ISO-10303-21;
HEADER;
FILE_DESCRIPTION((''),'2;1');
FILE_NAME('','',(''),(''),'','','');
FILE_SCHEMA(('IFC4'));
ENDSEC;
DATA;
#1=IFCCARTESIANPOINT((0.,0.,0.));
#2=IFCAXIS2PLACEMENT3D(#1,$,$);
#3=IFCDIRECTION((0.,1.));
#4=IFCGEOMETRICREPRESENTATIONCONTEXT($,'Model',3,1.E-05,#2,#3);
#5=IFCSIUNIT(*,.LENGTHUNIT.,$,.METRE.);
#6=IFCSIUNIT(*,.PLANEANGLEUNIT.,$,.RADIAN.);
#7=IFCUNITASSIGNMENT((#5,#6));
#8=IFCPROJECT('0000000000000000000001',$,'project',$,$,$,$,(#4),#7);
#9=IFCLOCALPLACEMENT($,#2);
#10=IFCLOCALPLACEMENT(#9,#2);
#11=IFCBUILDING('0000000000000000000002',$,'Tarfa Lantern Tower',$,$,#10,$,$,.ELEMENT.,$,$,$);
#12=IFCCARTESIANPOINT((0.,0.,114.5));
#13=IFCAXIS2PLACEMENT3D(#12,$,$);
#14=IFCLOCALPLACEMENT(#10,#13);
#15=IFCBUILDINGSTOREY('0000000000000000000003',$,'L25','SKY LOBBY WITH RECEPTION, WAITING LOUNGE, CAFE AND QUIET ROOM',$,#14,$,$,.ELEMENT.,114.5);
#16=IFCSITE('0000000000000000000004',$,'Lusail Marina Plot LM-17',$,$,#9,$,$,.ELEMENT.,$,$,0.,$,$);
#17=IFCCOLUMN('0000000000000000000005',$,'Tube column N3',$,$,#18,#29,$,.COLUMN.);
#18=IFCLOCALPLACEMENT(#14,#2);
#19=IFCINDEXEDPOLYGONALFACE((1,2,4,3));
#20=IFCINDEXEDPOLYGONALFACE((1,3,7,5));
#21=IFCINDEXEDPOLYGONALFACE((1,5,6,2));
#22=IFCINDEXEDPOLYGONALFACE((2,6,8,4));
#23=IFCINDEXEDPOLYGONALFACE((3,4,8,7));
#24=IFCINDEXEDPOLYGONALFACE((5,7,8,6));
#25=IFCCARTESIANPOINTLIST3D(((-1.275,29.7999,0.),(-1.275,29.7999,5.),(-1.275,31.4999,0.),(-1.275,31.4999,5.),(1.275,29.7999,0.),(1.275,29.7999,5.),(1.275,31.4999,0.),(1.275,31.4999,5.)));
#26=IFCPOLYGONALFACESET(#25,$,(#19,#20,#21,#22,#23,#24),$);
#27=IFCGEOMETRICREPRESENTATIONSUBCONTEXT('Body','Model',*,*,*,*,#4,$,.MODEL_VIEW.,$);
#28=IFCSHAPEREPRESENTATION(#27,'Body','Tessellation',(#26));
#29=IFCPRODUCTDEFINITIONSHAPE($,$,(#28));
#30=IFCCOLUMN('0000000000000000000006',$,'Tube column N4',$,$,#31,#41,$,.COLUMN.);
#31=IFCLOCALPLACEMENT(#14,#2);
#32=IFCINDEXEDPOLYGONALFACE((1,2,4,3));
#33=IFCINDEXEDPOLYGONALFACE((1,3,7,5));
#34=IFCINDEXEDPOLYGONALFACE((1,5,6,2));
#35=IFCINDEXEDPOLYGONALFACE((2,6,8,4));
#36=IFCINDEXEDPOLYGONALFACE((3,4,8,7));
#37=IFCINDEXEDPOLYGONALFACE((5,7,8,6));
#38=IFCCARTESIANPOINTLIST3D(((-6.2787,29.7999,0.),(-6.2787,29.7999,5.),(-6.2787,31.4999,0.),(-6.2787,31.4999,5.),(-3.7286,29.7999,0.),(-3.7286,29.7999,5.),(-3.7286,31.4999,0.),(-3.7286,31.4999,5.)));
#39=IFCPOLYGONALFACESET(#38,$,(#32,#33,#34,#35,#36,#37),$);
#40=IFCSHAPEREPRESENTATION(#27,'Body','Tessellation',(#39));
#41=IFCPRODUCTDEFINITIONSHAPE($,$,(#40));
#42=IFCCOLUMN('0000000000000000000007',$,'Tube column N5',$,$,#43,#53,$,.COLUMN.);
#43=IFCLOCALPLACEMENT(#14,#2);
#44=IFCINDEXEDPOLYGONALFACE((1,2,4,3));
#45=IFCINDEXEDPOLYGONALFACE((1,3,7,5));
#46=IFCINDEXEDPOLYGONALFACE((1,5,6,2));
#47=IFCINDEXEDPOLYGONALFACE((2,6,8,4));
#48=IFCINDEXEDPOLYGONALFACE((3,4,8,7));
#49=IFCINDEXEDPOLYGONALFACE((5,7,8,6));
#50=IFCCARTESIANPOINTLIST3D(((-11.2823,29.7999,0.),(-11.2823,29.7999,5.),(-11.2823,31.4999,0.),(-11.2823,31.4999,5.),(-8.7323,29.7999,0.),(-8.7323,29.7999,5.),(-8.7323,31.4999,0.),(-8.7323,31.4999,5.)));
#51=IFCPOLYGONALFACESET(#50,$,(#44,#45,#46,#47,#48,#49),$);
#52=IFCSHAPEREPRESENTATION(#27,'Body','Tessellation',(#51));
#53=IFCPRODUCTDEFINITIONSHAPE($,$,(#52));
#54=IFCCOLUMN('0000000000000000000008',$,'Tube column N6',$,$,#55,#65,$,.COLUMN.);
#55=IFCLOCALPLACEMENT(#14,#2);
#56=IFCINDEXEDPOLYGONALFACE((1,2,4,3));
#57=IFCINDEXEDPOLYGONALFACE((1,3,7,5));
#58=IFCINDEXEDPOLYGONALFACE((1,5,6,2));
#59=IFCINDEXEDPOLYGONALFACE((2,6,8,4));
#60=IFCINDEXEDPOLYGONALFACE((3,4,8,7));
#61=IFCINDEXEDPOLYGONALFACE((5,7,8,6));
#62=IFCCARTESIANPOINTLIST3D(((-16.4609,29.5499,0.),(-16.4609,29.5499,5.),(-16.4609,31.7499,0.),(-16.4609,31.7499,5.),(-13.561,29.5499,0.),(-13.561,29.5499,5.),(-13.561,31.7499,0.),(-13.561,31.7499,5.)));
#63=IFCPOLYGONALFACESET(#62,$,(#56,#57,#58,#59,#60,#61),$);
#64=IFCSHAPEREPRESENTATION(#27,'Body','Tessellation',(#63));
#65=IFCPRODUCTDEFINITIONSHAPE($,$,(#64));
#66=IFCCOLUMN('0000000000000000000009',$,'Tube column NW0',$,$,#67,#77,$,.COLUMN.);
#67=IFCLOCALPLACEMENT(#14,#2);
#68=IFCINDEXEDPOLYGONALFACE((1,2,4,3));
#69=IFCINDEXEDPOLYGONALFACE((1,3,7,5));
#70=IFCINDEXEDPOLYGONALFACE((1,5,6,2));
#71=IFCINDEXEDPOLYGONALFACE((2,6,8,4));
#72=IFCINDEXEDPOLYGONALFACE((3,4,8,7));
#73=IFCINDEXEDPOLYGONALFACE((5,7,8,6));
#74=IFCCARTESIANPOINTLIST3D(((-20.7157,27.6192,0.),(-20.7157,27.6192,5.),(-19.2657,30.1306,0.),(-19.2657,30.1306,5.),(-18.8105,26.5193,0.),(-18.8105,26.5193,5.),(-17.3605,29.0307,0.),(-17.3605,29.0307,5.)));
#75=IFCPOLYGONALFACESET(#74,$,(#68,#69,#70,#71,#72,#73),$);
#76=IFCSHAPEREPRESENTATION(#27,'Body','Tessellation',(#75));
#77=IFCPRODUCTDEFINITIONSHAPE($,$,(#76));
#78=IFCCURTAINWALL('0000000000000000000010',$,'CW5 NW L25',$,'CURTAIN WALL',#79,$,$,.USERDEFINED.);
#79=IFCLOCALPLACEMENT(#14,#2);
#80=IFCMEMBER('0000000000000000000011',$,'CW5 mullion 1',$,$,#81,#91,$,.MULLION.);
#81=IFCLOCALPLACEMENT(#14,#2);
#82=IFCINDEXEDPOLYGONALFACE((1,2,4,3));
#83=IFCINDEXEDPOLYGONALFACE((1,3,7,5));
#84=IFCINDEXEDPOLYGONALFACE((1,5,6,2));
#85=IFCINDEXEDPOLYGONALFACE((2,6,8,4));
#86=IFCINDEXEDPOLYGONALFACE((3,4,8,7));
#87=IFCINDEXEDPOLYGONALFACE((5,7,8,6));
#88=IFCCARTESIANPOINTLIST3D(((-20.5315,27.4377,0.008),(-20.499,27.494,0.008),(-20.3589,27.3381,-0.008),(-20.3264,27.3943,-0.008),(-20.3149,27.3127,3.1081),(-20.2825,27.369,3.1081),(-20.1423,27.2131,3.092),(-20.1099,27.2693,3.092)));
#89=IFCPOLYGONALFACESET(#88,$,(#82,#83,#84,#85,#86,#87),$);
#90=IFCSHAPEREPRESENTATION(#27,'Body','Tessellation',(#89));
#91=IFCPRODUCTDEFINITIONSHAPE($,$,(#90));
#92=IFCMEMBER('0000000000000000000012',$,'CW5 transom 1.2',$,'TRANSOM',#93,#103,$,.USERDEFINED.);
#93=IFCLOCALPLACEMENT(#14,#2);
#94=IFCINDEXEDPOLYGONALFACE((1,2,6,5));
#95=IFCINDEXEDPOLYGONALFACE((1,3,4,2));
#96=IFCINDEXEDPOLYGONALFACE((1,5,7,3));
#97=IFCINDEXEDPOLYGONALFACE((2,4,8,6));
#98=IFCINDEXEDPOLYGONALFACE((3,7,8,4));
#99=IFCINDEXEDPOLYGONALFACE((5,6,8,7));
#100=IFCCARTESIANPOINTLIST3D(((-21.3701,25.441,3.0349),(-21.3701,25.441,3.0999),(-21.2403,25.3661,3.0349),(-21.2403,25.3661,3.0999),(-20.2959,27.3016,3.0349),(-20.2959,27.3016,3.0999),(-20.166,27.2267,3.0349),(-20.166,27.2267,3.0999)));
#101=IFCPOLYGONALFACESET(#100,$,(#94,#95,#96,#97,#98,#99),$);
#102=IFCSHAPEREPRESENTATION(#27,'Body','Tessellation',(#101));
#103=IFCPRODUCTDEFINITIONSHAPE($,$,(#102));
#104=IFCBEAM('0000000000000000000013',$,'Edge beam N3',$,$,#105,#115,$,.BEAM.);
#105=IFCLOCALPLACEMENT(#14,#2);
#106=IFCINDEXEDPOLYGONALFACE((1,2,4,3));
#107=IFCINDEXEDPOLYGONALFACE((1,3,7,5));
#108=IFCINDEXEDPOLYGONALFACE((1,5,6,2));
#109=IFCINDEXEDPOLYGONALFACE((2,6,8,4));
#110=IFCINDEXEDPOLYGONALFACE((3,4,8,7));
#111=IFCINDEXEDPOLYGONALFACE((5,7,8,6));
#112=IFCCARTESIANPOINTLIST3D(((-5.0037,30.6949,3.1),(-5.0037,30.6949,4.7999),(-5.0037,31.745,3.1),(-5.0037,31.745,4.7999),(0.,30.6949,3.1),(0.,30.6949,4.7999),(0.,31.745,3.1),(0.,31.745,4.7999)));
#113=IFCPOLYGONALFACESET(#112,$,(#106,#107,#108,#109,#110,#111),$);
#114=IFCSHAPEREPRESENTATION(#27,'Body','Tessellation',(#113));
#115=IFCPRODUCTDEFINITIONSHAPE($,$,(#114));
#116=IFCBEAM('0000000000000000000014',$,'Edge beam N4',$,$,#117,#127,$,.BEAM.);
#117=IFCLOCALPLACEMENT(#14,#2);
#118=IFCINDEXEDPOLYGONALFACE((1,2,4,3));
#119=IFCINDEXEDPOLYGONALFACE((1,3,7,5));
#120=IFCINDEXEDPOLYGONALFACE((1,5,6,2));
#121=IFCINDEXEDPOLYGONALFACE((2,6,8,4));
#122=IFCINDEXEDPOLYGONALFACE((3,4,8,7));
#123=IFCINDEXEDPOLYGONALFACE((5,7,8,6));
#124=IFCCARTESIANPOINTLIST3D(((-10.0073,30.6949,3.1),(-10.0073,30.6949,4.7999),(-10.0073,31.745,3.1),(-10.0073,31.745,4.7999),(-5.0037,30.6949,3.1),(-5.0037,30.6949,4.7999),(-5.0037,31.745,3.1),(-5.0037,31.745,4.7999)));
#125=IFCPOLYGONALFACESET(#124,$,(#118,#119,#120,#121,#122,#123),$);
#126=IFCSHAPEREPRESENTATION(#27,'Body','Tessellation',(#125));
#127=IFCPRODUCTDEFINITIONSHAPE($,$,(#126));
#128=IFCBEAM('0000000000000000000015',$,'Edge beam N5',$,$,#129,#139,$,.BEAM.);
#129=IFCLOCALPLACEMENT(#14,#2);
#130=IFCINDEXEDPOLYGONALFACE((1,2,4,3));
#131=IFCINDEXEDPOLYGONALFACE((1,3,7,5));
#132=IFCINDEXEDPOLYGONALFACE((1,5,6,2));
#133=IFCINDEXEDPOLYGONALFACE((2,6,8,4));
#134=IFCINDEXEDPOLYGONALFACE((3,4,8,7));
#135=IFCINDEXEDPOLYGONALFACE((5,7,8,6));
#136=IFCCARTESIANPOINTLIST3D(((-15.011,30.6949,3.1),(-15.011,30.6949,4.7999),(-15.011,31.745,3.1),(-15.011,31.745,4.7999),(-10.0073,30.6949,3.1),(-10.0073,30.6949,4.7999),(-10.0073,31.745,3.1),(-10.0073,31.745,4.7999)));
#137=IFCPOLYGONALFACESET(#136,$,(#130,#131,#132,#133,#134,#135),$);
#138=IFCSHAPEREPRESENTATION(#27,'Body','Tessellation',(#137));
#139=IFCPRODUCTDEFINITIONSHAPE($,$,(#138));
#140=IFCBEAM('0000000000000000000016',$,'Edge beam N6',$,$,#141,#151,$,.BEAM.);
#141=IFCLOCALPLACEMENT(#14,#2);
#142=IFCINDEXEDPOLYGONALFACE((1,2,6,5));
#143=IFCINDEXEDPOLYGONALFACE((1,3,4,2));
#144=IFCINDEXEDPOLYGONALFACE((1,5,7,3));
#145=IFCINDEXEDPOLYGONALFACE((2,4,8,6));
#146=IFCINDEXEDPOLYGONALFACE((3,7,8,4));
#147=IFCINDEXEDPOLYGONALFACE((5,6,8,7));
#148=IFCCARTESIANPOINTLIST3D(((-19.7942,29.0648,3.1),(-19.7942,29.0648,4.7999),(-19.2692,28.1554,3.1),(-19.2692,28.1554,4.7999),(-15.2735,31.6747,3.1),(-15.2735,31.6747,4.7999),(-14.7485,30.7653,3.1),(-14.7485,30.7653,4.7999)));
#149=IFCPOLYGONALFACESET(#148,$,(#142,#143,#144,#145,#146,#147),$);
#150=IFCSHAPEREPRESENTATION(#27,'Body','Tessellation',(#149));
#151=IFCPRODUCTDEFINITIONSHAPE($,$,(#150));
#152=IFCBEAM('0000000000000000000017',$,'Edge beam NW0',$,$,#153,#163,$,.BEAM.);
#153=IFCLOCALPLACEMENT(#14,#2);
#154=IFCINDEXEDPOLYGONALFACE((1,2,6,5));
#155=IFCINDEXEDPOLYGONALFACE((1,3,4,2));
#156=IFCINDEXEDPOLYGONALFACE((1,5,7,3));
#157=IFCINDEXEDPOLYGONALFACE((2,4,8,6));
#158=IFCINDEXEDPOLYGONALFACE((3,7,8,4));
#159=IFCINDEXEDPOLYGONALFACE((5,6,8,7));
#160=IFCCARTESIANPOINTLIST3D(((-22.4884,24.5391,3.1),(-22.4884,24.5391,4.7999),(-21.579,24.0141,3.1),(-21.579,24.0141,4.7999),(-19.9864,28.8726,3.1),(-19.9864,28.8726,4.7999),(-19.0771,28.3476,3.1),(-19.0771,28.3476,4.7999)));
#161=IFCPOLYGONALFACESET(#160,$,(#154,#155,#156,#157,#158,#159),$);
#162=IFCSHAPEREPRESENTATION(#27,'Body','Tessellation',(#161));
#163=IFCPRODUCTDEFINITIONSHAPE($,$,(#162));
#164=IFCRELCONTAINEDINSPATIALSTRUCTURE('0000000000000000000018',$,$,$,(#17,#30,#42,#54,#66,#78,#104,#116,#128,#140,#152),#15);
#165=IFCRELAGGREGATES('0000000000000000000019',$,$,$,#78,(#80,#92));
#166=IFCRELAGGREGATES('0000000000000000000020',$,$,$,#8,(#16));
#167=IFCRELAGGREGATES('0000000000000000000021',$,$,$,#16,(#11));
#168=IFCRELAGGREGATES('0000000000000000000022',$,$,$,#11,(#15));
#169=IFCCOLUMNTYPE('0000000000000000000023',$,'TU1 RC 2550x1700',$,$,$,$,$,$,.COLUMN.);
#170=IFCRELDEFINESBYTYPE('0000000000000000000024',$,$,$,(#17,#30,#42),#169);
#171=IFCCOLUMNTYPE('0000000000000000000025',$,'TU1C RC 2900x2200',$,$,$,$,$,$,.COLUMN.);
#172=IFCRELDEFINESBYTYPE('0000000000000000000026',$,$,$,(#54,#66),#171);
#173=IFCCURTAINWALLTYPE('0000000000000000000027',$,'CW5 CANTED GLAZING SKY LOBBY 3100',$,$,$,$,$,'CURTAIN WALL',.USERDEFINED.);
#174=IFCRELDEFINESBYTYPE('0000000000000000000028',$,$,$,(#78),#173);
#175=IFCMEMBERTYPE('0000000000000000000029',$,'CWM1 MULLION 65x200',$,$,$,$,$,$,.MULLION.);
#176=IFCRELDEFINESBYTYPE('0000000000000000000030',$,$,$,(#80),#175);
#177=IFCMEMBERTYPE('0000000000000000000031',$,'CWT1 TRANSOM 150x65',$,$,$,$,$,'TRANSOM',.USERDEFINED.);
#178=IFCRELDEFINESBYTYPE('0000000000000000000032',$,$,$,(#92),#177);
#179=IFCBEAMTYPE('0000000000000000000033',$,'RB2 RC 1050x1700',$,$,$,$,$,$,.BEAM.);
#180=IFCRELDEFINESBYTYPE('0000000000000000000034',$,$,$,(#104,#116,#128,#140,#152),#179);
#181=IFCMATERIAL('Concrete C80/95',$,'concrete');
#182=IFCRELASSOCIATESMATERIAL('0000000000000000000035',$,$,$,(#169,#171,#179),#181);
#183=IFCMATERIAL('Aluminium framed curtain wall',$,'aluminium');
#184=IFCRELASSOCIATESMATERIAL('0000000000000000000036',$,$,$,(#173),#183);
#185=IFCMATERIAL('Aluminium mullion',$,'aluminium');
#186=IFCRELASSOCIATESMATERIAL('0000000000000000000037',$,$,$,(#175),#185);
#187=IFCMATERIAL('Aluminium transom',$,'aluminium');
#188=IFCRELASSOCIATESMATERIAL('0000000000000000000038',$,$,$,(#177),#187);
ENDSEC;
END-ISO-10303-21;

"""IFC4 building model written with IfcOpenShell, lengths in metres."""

from ifc_helpers import new_model, si_unit, direction, frame, origin, origin_2d, place, context, subcontext, project, spatial, rectangle, extrude, material, material_profile, profile_set, type_object, element, aggregate, save


model = new_model("IFC4")

# Units and contexts
model_context = context("Model", 3, precision=1e-05, world=origin(), true_north=direction((0.0, 1.0)))
body_context = subcontext(model_context, "Body", "Model", "MODEL_VIEW")
ifc_project = project(units=[si_unit("LENGTHUNIT", "METRE"), si_unit("PLANEANGLEUNIT", "RADIAN")], contexts=[model_context])

# Site, building, storey
site_placement = place(None, origin())
site = spatial("IfcSite", under=ifc_project, at=site_placement, Name="Lusail Marina Plot LM-17", CompositionType="ELEMENT", RefElevation=0.0)
building_placement = place(site_placement, origin())
building = spatial("IfcBuilding", under=site, at=building_placement, Name="Tarfa Lantern Tower", CompositionType="ELEMENT")
storey_placement = place(building_placement, frame((0.0, 0.0, 114.5)))
storey = spatial("IfcBuildingStorey", under=building, at=storey_placement, Name="L25", Description="SKY LOBBY WITH RECEPTION, WAITING LOUNGE, CAFE AND QUIET ROOM", CompositionType="ELEMENT", Elevation=114.5)

# Columns
ifc_material_1 = material(Name="Concrete C80/95", Category="concrete")
ifc_material_profile_1 = material_profile(ifc_material_1, rectangle(XDim=2.55, YDim=1.7, at=origin_2d()), Name="RC 2550x1700")
ifc_profile_set_1 = profile_set([ifc_material_profile_1], Name="Concrete C80/95")
column_type_1 = type_object("IfcColumnType", Name="TU1 RC 2550x1700", PredefinedType="COLUMN", material=ifc_profile_set_1)
for number, where, z_axis, x_axis, name in (
    (1, (0.0, 30.6499, 0.0), (0.0, 0.0, 1.0), (-1.0, 0.0, 0.0), "Tube column N3"),
    (2, (-5.0037, 30.6499, 0.0), (0.0, 0.0, 1.0), (-1.0, 0.0, 0.0), "Tube column N4"),
    (3, (-10.0073, 30.6499, 0.0), (0.0, 0.0, 1.0), (-1.0, 0.0, 0.0), "Tube column N5"),
):
    element("IfcColumn", number, at=place(storey_placement, frame(where, z_axis=z_axis, x_axis=x_axis)), inside=storey, type_object=column_type_1, Name=name, PredefinedType="COLUMN", context=body_context, shape_type="SweptSolid", body=[
        extrude(rectangle(XDim=2.55, YDim=1.7, at=origin_2d()), origin(), (0.0, 0.0, 1.0), 5.0),
    ])
ifc_material_profile_2 = material_profile(ifc_material_1, rectangle(XDim=2.8999, YDim=2.2, at=origin_2d()), Name="RC 2900x2200")
ifc_profile_set_2 = profile_set([ifc_material_profile_2], Name="Concrete C80/95")
column_type_2 = type_object("IfcColumnType", Name="TU1C RC 2900x2200", PredefinedType="COLUMN", material=ifc_profile_set_2)
for number, where, z_axis, x_axis, name in (
    (4, (-15.011, 30.6499, 0.0), (0.0, 0.0, 1.0), (-1.0, 0.0, 0.0), "Tube column N6"),
    (5, (-19.0381, 28.325, 0.0), (0.0, 0.0, 1.0), (-0.5, -0.866025, 0.0), "Tube column NW0"),
):
    element("IfcColumn", number, at=place(storey_placement, frame(where, z_axis=z_axis, x_axis=x_axis)), inside=storey, type_object=column_type_2, Name=name, PredefinedType="COLUMN", context=body_context, shape_type="SweptSolid", body=[
        extrude(rectangle(XDim=2.8999, YDim=2.2, at=origin_2d()), origin(), (0.0, 0.0, 1.0), 5.0),
    ])

# Curtain wall, members
ifc_material_2 = material(Name="Aluminium framed curtain wall", Category="aluminium")
curtain_wall_type = type_object("IfcCurtainWallType", Name="CW5 CANTED GLAZING SKY LOBBY 3100", ElementType="CURTAIN WALL", PredefinedType="USERDEFINED", material=ifc_material_2)
curtain_wall_placement = place(storey_placement, origin())
curtain_wall = element("IfcCurtainWall", 6, at=curtain_wall_placement, inside=storey, type_object=curtain_wall_type, Name="CW5 NW L25", ObjectType="CURTAIN WALL", PredefinedType="USERDEFINED")
ifc_material_3 = material(Name="Aluminium mullion", Category="aluminium")
ifc_material_profile_3 = material_profile(ifc_material_3, rectangle(XDim=0.0649, YDim=0.2, at=origin_2d()), Name="AL MULLION 65x200")
ifc_profile_set_3 = profile_set([ifc_material_profile_3], Name="Aluminium mullion")
member_type_1 = type_object("IfcMemberType", Name="CWM1 MULLION 65x200", PredefinedType="MULLION", material=ifc_profile_set_3)
member_1_placement = place(storey_placement, frame((-20.429, 27.416, 0.0), z_axis=(0.069627, -0.040191, 0.996763), x_axis=(0.49992, 0.866072, 0.0)))
member_1 = element("IfcMember", 7, at=member_1_placement, type_object=member_type_1, Name="CW5 mullion 1", PredefinedType="MULLION", context=body_context, shape_type="SweptSolid", body=[
    extrude(rectangle(XDim=0.0649, YDim=0.2, at=origin_2d()), origin(), (0.0, 0.0, 1.0), 3.1101),
])
ifc_material_4 = material(Name="Aluminium transom", Category="aluminium")
ifc_material_profile_4 = material_profile(ifc_material_4, rectangle(XDim=0.1499, YDim=0.0649, at=origin_2d()), Name="AL TRANSOM 150x65")
ifc_profile_set_4 = profile_set([ifc_material_profile_4], Name="Aluminium transom")
member_type_2 = type_object("IfcMemberType", Name="CWT1 TRANSOM 150x65", ElementType="TRANSOM", PredefinedType="USERDEFINED", material=ifc_profile_set_4)
member_2_placement = place(storey_placement, frame((-20.231, 27.2642, 3.0674), z_axis=(-0.500001, -0.866025, 0.0), x_axis=(0.866025, -0.500001, 0.0)))
member_2 = element("IfcMember", 8, at=member_2_placement, type_object=member_type_2, Name="CW5 transom 1.2", ObjectType="TRANSOM", PredefinedType="USERDEFINED", context=body_context, shape_type="SweptSolid", body=[
    extrude(rectangle(XDim=0.1499, YDim=0.0649, at=origin_2d()), origin(), (0.0, 0.0, 1.0), 2.1484),
])

# Beams
ifc_material_profile_5 = material_profile(ifc_material_1, rectangle(XDim=1.05, YDim=1.7, at=origin_2d()), Name="RC 1050x1700")
ifc_profile_set_5 = profile_set([ifc_material_profile_5], Name="Concrete C80/95")
beam_type_1 = type_object("IfcBeamType", Name="RB2 RC 1050x1700", PredefinedType="BEAM", material=ifc_profile_set_5)
for number, where, z_axis, x_axis, name in (
    (9, (0.0, 31.22, 3.95), (-1.0, 0.0, 0.0), (0.0, -1.0, 0.0), "Edge beam N3"),
    (10, (-5.0037, 31.22, 3.95), (-1.0, 0.0, 0.0), (0.0, -1.0, 0.0), "Edge beam N4"),
    (11, (-10.0073, 31.22, 3.95), (-1.0, 0.0, 0.0), (0.0, -1.0, 0.0), "Edge beam N5"),
):
    element("IfcBeam", number, at=place(storey_placement, frame(where, z_axis=z_axis, x_axis=x_axis)), inside=storey, type_object=beam_type_1, Name=name, PredefinedType="BEAM", context=body_context, shape_type="SweptSolid", body=[
        extrude(rectangle(XDim=1.05, YDim=1.7, at=origin_2d()), origin(), (0.0, 0.0, 1.0), 5.0037),
    ])
beam_1_placement = place(storey_placement, frame((-15.011, 31.22, 3.95), z_axis=(-0.866042, -0.499972, 0.0), x_axis=(0.499972, -0.866042, 0.0)))
element("IfcBeam", 12, at=beam_1_placement, inside=storey, type_object=beam_type_1, Name="Edge beam N6", PredefinedType="BEAM", context=body_context, shape_type="SweptSolid", body=[
    extrude(rectangle(XDim=1.05, YDim=1.7, at=origin_2d()), origin(), (0.0, 0.0, 1.0), 5.22),
])
beam_2_placement = place(storey_placement, frame((-19.5317, 28.6101, 3.95), z_axis=(-0.500001, -0.866025, 0.0), x_axis=(0.866025, -0.500001, 0.0)))
element("IfcBeam", 13, at=beam_2_placement, inside=storey, type_object=beam_type_1, Name="Edge beam NW0", PredefinedType="BEAM", context=body_context, shape_type="SweptSolid", body=[
    extrude(rectangle(XDim=1.05, YDim=1.7, at=origin_2d()), origin(), (0.0, 0.0, 1.0), 5.0039),
])

aggregate(curtain_wall, [member_1, member_2])

save(model, "model.ifc")
